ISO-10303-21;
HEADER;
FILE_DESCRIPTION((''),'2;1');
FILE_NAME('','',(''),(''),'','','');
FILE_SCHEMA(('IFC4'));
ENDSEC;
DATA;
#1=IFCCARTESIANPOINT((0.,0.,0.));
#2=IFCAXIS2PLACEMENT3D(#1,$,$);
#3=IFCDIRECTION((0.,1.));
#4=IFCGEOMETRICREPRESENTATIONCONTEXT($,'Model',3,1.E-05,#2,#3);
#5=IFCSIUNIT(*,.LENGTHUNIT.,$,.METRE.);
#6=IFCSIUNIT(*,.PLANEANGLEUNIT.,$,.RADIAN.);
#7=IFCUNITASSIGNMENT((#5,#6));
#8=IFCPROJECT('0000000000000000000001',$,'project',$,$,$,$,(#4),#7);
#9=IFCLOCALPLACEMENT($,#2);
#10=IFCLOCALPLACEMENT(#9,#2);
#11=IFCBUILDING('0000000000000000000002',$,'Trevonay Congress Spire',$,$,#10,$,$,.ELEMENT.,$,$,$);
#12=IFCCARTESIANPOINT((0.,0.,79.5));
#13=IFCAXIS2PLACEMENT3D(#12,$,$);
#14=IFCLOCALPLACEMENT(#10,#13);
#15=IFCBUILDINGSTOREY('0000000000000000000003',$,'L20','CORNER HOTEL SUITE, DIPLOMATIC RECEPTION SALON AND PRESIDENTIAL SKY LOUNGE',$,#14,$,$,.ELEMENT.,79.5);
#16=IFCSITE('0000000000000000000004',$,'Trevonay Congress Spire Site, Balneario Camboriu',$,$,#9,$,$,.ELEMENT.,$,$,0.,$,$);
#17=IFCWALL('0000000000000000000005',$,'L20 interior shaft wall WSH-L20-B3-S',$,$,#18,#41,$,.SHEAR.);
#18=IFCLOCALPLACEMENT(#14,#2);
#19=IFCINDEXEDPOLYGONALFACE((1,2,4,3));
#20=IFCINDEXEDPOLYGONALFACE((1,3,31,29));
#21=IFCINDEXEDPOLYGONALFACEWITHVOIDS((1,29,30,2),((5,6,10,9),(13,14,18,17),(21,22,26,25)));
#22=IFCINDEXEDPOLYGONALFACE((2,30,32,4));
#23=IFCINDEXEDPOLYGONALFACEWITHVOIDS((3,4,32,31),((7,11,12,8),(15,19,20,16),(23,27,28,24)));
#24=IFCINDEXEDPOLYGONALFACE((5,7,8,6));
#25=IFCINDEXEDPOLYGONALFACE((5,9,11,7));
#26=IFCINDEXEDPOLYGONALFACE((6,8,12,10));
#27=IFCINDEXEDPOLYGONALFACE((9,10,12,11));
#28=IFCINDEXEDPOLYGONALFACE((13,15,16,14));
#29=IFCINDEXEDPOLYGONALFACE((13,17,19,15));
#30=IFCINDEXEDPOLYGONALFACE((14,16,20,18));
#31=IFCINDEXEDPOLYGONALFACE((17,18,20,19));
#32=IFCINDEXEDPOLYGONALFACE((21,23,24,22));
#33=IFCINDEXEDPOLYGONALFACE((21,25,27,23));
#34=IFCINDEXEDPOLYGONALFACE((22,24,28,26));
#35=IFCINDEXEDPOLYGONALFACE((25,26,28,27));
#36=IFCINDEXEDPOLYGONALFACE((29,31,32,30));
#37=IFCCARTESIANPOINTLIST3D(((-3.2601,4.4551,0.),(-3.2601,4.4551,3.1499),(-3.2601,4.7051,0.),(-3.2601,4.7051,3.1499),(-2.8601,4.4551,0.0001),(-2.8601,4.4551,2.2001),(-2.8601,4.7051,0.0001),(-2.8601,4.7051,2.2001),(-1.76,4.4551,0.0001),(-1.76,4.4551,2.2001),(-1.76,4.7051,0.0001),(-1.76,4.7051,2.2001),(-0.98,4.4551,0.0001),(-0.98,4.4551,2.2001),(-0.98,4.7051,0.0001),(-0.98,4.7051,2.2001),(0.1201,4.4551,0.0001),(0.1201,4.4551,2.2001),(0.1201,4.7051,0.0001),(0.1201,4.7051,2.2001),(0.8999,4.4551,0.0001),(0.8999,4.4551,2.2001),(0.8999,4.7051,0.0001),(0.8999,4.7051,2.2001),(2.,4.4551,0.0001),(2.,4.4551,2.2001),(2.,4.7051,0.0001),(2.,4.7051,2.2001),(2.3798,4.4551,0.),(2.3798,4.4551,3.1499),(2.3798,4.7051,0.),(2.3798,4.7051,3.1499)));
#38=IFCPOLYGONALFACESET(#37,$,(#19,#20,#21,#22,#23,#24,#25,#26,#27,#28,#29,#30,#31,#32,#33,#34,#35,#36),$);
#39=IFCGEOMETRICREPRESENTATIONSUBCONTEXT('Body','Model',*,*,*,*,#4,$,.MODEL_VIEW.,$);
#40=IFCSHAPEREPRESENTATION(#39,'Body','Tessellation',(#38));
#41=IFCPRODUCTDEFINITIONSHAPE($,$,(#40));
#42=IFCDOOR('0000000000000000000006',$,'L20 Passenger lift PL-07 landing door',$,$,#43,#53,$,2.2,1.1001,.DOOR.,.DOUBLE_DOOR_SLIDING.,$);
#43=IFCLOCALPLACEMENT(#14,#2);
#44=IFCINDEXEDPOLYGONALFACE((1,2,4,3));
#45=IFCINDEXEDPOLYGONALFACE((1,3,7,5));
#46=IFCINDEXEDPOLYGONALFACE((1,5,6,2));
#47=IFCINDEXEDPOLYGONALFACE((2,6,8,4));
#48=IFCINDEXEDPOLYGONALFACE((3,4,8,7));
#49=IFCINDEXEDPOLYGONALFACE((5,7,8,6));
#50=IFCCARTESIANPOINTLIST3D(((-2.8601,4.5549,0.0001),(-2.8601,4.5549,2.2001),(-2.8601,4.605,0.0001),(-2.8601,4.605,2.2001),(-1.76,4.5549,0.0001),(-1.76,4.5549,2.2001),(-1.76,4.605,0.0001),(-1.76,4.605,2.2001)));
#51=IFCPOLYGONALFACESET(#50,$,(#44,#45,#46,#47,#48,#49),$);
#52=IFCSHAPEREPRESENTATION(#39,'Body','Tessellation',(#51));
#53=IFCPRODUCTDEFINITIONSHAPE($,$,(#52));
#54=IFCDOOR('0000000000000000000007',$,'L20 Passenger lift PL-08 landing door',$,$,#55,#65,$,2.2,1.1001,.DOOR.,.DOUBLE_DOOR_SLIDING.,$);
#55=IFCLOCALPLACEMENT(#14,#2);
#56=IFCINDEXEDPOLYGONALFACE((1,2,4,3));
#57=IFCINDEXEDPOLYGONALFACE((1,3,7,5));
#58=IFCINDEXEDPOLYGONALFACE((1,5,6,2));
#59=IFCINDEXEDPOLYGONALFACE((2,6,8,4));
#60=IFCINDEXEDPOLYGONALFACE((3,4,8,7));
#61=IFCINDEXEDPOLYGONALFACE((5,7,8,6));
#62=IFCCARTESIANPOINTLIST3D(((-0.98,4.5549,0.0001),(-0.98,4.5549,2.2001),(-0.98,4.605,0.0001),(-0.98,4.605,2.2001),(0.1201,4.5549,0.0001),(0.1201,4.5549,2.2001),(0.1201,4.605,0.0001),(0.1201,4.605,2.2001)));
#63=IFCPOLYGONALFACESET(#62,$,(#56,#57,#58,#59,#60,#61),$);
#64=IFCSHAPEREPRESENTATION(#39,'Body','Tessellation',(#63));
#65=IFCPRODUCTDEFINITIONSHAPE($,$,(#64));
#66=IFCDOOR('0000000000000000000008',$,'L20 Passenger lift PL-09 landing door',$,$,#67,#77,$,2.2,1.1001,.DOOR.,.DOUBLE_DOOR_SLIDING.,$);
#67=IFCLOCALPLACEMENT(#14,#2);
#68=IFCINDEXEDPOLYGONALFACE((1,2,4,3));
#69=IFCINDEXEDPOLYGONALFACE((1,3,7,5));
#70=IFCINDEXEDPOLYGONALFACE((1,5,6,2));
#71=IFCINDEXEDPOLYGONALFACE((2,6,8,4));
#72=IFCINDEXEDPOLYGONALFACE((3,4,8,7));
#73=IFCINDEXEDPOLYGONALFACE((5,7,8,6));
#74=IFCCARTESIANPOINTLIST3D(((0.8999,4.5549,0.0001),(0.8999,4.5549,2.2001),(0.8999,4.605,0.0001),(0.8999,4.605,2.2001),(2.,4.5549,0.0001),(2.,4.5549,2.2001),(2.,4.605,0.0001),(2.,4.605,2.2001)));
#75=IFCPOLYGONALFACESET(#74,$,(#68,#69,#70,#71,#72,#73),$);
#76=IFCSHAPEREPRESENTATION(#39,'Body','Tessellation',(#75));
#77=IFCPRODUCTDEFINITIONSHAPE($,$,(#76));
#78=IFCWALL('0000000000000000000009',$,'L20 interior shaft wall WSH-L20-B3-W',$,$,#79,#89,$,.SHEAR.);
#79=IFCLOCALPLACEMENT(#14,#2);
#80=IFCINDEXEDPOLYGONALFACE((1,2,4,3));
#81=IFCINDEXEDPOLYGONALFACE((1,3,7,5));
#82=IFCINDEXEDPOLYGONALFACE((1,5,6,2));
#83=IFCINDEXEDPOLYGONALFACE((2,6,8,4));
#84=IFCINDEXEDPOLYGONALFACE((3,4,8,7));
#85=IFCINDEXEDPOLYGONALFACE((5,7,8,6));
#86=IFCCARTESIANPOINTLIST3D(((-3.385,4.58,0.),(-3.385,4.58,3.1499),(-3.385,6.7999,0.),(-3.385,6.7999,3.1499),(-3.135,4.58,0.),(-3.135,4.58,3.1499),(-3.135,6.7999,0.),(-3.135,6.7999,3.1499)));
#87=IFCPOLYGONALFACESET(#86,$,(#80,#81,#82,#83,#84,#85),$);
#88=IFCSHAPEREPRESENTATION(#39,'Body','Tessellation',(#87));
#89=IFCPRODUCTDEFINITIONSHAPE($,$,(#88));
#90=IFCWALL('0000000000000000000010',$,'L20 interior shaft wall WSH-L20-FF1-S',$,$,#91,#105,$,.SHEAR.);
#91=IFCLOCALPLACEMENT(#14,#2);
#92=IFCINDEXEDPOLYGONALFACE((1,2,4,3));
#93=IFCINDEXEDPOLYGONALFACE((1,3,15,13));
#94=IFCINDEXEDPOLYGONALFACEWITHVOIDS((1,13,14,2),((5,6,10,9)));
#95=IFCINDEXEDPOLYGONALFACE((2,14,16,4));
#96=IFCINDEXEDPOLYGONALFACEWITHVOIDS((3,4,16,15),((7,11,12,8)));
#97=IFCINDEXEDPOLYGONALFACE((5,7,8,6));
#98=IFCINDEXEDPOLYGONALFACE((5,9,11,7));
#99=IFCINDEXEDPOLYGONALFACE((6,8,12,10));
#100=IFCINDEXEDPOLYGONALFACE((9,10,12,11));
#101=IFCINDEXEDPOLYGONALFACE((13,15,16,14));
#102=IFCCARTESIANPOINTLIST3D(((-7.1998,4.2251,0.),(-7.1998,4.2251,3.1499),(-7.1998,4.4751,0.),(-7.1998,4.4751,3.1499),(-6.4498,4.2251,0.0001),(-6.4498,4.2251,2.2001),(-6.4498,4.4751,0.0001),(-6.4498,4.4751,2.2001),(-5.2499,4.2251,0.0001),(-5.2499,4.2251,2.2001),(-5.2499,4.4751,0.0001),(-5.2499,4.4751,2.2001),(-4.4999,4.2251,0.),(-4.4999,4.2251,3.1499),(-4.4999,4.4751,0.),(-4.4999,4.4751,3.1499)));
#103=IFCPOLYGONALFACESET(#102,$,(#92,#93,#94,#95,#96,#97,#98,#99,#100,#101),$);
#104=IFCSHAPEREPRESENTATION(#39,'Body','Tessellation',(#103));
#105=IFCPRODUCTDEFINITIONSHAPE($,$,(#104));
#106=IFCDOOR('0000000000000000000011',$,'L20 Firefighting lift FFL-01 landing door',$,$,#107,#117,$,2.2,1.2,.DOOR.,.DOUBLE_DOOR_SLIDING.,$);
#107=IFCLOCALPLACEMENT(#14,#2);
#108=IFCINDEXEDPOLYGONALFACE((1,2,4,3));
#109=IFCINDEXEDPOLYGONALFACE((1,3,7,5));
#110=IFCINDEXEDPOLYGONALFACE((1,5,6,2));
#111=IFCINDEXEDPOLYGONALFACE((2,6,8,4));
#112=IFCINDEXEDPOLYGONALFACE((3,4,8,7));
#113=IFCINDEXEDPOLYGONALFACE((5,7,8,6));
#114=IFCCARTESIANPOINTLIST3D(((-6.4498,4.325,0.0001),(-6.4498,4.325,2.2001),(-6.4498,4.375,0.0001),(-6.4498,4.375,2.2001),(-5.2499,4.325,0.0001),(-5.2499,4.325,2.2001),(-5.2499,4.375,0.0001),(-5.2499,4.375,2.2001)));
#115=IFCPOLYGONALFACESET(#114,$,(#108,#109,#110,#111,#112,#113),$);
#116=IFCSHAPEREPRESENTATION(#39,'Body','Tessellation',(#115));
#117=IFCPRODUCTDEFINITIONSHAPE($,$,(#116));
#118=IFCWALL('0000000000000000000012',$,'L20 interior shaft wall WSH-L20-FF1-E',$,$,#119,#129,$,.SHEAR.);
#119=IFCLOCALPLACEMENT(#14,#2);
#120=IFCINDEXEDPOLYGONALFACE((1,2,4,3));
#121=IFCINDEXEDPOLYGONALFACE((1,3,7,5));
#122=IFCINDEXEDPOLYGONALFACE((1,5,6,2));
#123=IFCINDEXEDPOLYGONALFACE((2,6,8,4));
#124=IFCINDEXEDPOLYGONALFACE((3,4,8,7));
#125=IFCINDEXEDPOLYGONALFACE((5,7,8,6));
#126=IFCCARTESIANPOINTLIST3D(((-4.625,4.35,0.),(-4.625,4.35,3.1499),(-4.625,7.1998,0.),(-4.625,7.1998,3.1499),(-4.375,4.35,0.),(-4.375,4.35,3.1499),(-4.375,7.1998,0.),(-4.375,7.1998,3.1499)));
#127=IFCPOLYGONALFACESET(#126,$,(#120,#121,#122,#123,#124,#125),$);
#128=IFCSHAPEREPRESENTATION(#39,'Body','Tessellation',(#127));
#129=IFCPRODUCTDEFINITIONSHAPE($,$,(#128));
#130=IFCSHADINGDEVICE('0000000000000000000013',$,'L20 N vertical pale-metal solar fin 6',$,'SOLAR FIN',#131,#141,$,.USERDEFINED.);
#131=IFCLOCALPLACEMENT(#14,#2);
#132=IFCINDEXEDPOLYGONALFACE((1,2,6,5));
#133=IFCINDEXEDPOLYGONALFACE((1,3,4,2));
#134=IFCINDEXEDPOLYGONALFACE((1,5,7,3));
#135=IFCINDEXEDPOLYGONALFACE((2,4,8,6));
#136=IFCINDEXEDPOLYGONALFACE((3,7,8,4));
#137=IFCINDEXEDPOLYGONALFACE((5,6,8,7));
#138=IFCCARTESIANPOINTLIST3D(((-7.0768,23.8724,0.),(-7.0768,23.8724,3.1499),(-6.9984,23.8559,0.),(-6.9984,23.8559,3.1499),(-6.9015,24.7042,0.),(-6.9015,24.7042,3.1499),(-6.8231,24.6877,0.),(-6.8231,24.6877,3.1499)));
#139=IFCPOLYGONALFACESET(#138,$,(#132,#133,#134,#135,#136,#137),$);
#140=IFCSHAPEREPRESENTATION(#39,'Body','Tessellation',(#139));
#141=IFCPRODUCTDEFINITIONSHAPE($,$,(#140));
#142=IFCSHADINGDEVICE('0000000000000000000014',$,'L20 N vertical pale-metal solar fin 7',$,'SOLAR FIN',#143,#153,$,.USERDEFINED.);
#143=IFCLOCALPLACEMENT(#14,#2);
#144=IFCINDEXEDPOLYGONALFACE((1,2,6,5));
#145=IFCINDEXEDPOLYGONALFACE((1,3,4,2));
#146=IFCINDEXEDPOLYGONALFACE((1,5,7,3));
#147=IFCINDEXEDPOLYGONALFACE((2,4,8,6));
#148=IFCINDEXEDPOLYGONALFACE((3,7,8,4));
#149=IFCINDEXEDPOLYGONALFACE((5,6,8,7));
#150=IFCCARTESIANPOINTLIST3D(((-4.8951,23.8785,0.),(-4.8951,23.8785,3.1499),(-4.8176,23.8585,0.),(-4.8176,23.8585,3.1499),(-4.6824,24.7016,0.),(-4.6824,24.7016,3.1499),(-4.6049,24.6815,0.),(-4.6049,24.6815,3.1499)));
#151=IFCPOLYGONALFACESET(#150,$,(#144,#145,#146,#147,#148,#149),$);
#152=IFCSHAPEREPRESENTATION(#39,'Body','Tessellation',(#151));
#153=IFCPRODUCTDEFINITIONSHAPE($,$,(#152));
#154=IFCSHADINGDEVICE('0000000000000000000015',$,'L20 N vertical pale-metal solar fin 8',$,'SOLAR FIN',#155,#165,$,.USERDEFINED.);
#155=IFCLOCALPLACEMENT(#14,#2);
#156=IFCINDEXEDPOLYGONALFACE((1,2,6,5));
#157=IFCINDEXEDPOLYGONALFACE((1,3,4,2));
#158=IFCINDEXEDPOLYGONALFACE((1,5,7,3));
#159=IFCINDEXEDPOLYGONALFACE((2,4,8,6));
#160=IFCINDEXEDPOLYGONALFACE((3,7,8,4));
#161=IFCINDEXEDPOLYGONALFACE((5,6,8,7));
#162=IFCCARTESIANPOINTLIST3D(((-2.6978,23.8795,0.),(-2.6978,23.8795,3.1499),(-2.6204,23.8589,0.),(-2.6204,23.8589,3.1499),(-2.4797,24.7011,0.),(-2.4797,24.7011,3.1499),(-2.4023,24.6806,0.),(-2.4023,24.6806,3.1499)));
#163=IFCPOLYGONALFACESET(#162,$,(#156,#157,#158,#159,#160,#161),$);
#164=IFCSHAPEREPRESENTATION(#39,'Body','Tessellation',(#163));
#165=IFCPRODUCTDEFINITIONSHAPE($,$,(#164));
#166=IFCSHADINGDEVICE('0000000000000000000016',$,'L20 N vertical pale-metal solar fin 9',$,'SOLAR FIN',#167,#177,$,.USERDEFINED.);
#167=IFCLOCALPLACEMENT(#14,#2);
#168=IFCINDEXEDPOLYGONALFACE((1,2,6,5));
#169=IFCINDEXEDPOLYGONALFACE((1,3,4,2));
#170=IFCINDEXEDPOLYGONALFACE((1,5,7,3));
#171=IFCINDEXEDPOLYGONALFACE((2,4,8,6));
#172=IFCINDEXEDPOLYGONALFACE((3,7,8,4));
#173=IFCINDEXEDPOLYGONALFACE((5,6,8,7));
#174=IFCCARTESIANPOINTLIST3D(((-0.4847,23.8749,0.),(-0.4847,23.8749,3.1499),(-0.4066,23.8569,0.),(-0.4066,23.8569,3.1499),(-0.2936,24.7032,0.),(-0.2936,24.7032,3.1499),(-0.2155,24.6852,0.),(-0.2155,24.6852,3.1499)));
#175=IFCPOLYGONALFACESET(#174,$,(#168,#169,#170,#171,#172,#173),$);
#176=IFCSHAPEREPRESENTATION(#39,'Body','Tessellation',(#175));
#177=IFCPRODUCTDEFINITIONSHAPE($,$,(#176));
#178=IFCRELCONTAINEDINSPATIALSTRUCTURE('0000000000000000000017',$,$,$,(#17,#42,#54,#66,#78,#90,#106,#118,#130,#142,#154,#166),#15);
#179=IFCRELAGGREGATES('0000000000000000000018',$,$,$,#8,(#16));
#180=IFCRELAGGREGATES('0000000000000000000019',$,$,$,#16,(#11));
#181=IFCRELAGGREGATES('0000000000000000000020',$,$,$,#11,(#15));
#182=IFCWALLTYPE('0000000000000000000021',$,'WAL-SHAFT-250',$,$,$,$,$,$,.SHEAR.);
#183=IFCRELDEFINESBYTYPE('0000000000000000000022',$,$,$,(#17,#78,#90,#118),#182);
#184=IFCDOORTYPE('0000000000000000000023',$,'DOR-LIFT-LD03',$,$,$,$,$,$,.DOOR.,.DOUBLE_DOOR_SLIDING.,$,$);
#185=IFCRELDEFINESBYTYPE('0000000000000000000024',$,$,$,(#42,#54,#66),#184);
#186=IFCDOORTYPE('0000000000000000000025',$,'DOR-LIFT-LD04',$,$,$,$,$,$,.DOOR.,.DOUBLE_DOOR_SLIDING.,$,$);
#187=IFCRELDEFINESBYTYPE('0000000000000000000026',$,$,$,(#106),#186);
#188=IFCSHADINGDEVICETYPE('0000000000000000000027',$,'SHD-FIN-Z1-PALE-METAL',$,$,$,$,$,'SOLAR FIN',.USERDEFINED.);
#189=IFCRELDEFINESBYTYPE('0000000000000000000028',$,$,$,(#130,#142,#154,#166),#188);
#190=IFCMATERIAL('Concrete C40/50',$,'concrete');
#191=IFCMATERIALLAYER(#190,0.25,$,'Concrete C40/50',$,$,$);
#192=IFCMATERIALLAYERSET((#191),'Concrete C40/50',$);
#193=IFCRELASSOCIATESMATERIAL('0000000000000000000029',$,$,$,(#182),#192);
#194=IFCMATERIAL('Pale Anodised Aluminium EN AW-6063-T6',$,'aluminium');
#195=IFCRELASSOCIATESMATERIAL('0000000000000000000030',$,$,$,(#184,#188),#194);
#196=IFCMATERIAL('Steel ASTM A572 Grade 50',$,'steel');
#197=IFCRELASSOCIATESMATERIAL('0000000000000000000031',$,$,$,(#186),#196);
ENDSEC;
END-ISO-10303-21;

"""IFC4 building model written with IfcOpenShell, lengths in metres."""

from ifc_helpers import new_model, si_unit, direction, frame, frame_2d, origin, origin_2d, place, context, subcontext, project, spatial, rectangle, extrude, material, layer, layer_set, type_object, element, fill, save


model = new_model("IFC4")

# Units and contexts
model_context = context("Model", 3, precision=1e-05, world=origin(), true_north=direction((0.0, 1.0)))
body_context = subcontext(model_context, "Body", "Model", "MODEL_VIEW")
ifc_project = project(units=[si_unit("LENGTHUNIT", "METRE"), si_unit("PLANEANGLEUNIT", "RADIAN")], contexts=[model_context])

# Site, building, storey
site_placement = place(None, origin())
site = spatial("IfcSite", under=ifc_project, at=site_placement, Name="Trevonay Congress Spire Site, Balneario Camboriu", CompositionType="ELEMENT", RefElevation=0.0)
building_placement = place(site_placement, origin())
building = spatial("IfcBuilding", under=site, at=building_placement, Name="Trevonay Congress Spire", CompositionType="ELEMENT")
storey_placement = place(building_placement, frame((0.0, 0.0, 79.5)))
storey = spatial("IfcBuildingStorey", under=building, at=storey_placement, Name="L20", Description="CORNER HOTEL SUITE, DIPLOMATIC RECEPTION SALON AND PRESIDENTIAL SKY LOUNGE", CompositionType="ELEMENT", Elevation=79.5)

# Shared definitions
ifc_material_1 = material(Name="Steel ASTM A572 Grade 50", Category="steel")

# Shared definitions
ifc_material_2 = material(Name="Pale Anodised Aluminium EN AW-6063-T6", Category="aluminium")

# Shared definitions
ifc_material_3 = material(Name="Concrete C40/50", Category="concrete")

# Wall, openings, doors
ifc_layer_1 = layer(ifc_material_3, 0.25, Name="Concrete C40/50")
ifc_layer_set_1 = layer_set([ifc_layer_1], Name="Concrete C40/50")
wall_type_1 = type_object("IfcWallType", Name="WAL-SHAFT-250", PredefinedType="SHEAR", material=ifc_layer_set_1)
wall_1_placement = place(storey_placement, frame((-3.26, 4.5801, 0.0), z_axis=(0.0, 0.0, 1.0), x_axis=(1.0, 0.0, 0.0)))
wall_1 = element("IfcWall", 1, at=wall_1_placement, inside=storey, type_object=wall_type_1, Name="L20 interior shaft wall WSH-L20-B3-S", PredefinedType="SHEAR", context=body_context, shape_type="SweptSolid", body=[
    extrude(rectangle(XDim=5.6399, YDim=0.25, at=frame_2d((2.8198, 0.0))), origin(), (0.0, 0.0, 1.0), 3.1499),
])
opening_1_placement = place(wall_1_placement, frame((0.3999, 0.0, 0.0)))
opening_1 = element("IfcOpeningElement", 2, at=opening_1_placement, cuts=wall_1, PredefinedType="OPENING", context=body_context, shape_type="SweptSolid", body=[
    extrude(rectangle(XDim=1.1001, YDim=2.2, at=frame_2d((0.55, 1.1001))), frame((0.0, 0.135, 0.0), z_axis=(0.0, -1.0, 0.0), x_axis=(1.0, 0.0, 0.0)), (0.0, 0.0, 1.0), 0.27),
])
opening_2_placement = place(wall_1_placement, frame((2.28, 0.0, 0.0)))
opening_2 = element("IfcOpeningElement", 3, at=opening_2_placement, cuts=wall_1, PredefinedType="OPENING", context=body_context, shape_type="SweptSolid", body=[
    extrude(rectangle(XDim=1.1001, YDim=2.2, at=frame_2d((0.55, 1.1001))), frame((0.0, 0.135, 0.0), z_axis=(0.0, -1.0, 0.0), x_axis=(1.0, 0.0, 0.0)), (0.0, 0.0, 1.0), 0.27),
])
opening_3_placement = place(wall_1_placement, frame((4.1599, 0.0, 0.0)))
opening_3 = element("IfcOpeningElement", 4, at=opening_3_placement, cuts=wall_1, PredefinedType="OPENING", context=body_context, shape_type="SweptSolid", body=[
    extrude(rectangle(XDim=1.1001, YDim=2.2, at=frame_2d((0.55, 1.1001))), frame((0.0, 0.135, 0.0), z_axis=(0.0, -1.0, 0.0), x_axis=(1.0, 0.0, 0.0)), (0.0, 0.0, 1.0), 0.27),
])
door_type_1 = type_object("IfcDoorType", Name="DOR-LIFT-LD03", OperationType="DOUBLE_DOOR_SLIDING", PredefinedType="DOOR", material=ifc_material_2)
door_1_placement = place(opening_1_placement, origin())
door_1 = element("IfcDoor", 5, at=door_1_placement, inside=storey, type_object=door_type_1, Name="L20 Passenger lift PL-07 landing door", OperationType="DOUBLE_DOOR_SLIDING", OverallHeight=2.2, OverallWidth=1.1001, PredefinedType="DOOR", context=body_context, shape_type="SweptSolid", body=[
    extrude(rectangle(XDim=1.1001, YDim=2.2, at=frame_2d((0.55, 1.1001))), frame((0.0, 0.0249, 0.0), z_axis=(0.0, -1.0, 0.0), x_axis=(1.0, 0.0, 0.0)), (0.0, 0.0, 1.0), 0.05),
])
fill(opening_1, door_1)
door_2_placement = place(opening_2_placement, origin())
door_2 = element("IfcDoor", 6, at=door_2_placement, inside=storey, type_object=door_type_1, Name="L20 Passenger lift PL-08 landing door", OperationType="DOUBLE_DOOR_SLIDING", OverallHeight=2.2, OverallWidth=1.1001, PredefinedType="DOOR", context=body_context, shape_type="SweptSolid", body=[
    extrude(rectangle(XDim=1.1001, YDim=2.2, at=frame_2d((0.55, 1.1001))), frame((0.0, 0.0249, 0.0), z_axis=(0.0, -1.0, 0.0), x_axis=(1.0, 0.0, 0.0)), (0.0, 0.0, 1.0), 0.05),
])
fill(opening_2, door_2)
door_3_placement = place(opening_3_placement, origin())
door_3 = element("IfcDoor", 7, at=door_3_placement, inside=storey, type_object=door_type_1, Name="L20 Passenger lift PL-09 landing door", OperationType="DOUBLE_DOOR_SLIDING", OverallHeight=2.2, OverallWidth=1.1001, PredefinedType="DOOR", context=body_context, shape_type="SweptSolid", body=[
    extrude(rectangle(XDim=1.1001, YDim=2.2, at=frame_2d((0.55, 1.1001))), frame((0.0, 0.0249, 0.0), z_axis=(0.0, -1.0, 0.0), x_axis=(1.0, 0.0, 0.0)), (0.0, 0.0, 1.0), 0.05),
])
fill(opening_3, door_3)

# Wall
wall_2_placement = place(storey_placement, frame((-3.26, 4.5801, 0.0), z_axis=(0.0, 0.0, 1.0), x_axis=(0.0, 1.0, 0.0)))
element("IfcWall", 8, at=wall_2_placement, inside=storey, type_object=wall_type_1, Name="L20 interior shaft wall WSH-L20-B3-W", PredefinedType="SHEAR", context=body_context, shape_type="SweptSolid", body=[
    extrude(rectangle(XDim=2.22, YDim=0.25, at=frame_2d((1.1099, 0.0))), origin(), (0.0, 0.0, 1.0), 3.1499),
])

# Wall, opening, door
wall_3_placement = place(storey_placement, frame((-7.2, 4.3501, 0.0), z_axis=(0.0, 0.0, 1.0), x_axis=(1.0, 0.0, 0.0)))
wall_3 = element("IfcWall", 9, at=wall_3_placement, inside=storey, type_object=wall_type_1, Name="L20 interior shaft wall WSH-L20-FF1-S", PredefinedType="SHEAR", context=body_context, shape_type="SweptSolid", body=[
    extrude(rectangle(XDim=2.7, YDim=0.25, at=frame_2d((1.3501, 0.0))), origin(), (0.0, 0.0, 1.0), 3.1499),
])
opening_4_placement = place(wall_3_placement, frame((0.75, 0.0, 0.0)))
opening_4 = element("IfcOpeningElement", 10, at=opening_4_placement, cuts=wall_3, PredefinedType="OPENING", context=body_context, shape_type="SweptSolid", body=[
    extrude(rectangle(XDim=1.2, YDim=2.2, at=frame_2d((0.6001, 1.1001))), frame((0.0, 0.135, 0.0), z_axis=(0.0, -1.0, 0.0), x_axis=(1.0, 0.0, 0.0)), (0.0, 0.0, 1.0), 0.27),
])
door_type_2 = type_object("IfcDoorType", Name="DOR-LIFT-LD04", OperationType="DOUBLE_DOOR_SLIDING", PredefinedType="DOOR", material=ifc_material_1)
door_4_placement = place(opening_4_placement, origin())
door_4 = element("IfcDoor", 11, at=door_4_placement, inside=storey, type_object=door_type_2, Name="L20 Firefighting lift FFL-01 landing door", OperationType="DOUBLE_DOOR_SLIDING", OverallHeight=2.2, OverallWidth=1.2, PredefinedType="DOOR", context=body_context, shape_type="SweptSolid", body=[
    extrude(rectangle(XDim=1.2, YDim=2.2, at=frame_2d((0.6001, 1.1001))), frame((0.0, 0.0249, 0.0), z_axis=(0.0, -1.0, 0.0), x_axis=(1.0, 0.0, 0.0)), (0.0, 0.0, 1.0), 0.05),
])
fill(opening_4, door_4)

# Wall
wall_4_placement = place(storey_placement, frame((-4.5, 4.3501, 0.0), z_axis=(0.0, 0.0, 1.0), x_axis=(0.0, 1.0, 0.0)))
element("IfcWall", 12, at=wall_4_placement, inside=storey, type_object=wall_type_1, Name="L20 interior shaft wall WSH-L20-FF1-E", PredefinedType="SHEAR", context=body_context, shape_type="SweptSolid", body=[
    extrude(rectangle(XDim=2.8499, YDim=0.25, at=frame_2d((1.4248, 0.0))), origin(), (0.0, 0.0, 1.0), 3.1499),
])

# Shading devices
shading_device_type = type_object("IfcShadingDeviceType", Name="SHD-FIN-Z1-PALE-METAL", ElementType="SOLAR FIN", PredefinedType="USERDEFINED", material=ifc_material_2)
for number, where, z_axis, x_axis, name in (
    (13, (-6.95, 24.28, 0.0), (0.0, 0.0, 1.0), (0.978509, -0.206204, 0.0), "L20 N vertical pale-metal solar fin 6"),
    (14, (-4.75, 24.28, 0.0), (0.0, 0.0, 1.0), (0.968191, -0.250211, 0.0), "L20 N vertical pale-metal solar fin 7"),
    (15, (-2.55, 24.28, 0.0), (0.0, 0.0, 1.0), (0.966511, -0.256627, 0.0), "L20 N vertical pale-metal solar fin 8"),
    (16, (-0.3501, 24.28, 0.0), (0.0, 0.0, 1.0), (0.974409, -0.224781, 0.0), "L20 N vertical pale-metal solar fin 9"),
):
    element("IfcShadingDevice", number, at=place(storey_placement, frame(where, z_axis=z_axis, x_axis=x_axis)), inside=storey, type_object=shading_device_type, Name=name, ObjectType="SOLAR FIN", PredefinedType="USERDEFINED", context=body_context, shape_type="SweptSolid", body=[
        extrude(rectangle(XDim=0.0801, YDim=0.8501, at=origin_2d()), origin(), (0.0, 0.0, 1.0), 3.1499),
    ])

save(model, "model.ifc")
